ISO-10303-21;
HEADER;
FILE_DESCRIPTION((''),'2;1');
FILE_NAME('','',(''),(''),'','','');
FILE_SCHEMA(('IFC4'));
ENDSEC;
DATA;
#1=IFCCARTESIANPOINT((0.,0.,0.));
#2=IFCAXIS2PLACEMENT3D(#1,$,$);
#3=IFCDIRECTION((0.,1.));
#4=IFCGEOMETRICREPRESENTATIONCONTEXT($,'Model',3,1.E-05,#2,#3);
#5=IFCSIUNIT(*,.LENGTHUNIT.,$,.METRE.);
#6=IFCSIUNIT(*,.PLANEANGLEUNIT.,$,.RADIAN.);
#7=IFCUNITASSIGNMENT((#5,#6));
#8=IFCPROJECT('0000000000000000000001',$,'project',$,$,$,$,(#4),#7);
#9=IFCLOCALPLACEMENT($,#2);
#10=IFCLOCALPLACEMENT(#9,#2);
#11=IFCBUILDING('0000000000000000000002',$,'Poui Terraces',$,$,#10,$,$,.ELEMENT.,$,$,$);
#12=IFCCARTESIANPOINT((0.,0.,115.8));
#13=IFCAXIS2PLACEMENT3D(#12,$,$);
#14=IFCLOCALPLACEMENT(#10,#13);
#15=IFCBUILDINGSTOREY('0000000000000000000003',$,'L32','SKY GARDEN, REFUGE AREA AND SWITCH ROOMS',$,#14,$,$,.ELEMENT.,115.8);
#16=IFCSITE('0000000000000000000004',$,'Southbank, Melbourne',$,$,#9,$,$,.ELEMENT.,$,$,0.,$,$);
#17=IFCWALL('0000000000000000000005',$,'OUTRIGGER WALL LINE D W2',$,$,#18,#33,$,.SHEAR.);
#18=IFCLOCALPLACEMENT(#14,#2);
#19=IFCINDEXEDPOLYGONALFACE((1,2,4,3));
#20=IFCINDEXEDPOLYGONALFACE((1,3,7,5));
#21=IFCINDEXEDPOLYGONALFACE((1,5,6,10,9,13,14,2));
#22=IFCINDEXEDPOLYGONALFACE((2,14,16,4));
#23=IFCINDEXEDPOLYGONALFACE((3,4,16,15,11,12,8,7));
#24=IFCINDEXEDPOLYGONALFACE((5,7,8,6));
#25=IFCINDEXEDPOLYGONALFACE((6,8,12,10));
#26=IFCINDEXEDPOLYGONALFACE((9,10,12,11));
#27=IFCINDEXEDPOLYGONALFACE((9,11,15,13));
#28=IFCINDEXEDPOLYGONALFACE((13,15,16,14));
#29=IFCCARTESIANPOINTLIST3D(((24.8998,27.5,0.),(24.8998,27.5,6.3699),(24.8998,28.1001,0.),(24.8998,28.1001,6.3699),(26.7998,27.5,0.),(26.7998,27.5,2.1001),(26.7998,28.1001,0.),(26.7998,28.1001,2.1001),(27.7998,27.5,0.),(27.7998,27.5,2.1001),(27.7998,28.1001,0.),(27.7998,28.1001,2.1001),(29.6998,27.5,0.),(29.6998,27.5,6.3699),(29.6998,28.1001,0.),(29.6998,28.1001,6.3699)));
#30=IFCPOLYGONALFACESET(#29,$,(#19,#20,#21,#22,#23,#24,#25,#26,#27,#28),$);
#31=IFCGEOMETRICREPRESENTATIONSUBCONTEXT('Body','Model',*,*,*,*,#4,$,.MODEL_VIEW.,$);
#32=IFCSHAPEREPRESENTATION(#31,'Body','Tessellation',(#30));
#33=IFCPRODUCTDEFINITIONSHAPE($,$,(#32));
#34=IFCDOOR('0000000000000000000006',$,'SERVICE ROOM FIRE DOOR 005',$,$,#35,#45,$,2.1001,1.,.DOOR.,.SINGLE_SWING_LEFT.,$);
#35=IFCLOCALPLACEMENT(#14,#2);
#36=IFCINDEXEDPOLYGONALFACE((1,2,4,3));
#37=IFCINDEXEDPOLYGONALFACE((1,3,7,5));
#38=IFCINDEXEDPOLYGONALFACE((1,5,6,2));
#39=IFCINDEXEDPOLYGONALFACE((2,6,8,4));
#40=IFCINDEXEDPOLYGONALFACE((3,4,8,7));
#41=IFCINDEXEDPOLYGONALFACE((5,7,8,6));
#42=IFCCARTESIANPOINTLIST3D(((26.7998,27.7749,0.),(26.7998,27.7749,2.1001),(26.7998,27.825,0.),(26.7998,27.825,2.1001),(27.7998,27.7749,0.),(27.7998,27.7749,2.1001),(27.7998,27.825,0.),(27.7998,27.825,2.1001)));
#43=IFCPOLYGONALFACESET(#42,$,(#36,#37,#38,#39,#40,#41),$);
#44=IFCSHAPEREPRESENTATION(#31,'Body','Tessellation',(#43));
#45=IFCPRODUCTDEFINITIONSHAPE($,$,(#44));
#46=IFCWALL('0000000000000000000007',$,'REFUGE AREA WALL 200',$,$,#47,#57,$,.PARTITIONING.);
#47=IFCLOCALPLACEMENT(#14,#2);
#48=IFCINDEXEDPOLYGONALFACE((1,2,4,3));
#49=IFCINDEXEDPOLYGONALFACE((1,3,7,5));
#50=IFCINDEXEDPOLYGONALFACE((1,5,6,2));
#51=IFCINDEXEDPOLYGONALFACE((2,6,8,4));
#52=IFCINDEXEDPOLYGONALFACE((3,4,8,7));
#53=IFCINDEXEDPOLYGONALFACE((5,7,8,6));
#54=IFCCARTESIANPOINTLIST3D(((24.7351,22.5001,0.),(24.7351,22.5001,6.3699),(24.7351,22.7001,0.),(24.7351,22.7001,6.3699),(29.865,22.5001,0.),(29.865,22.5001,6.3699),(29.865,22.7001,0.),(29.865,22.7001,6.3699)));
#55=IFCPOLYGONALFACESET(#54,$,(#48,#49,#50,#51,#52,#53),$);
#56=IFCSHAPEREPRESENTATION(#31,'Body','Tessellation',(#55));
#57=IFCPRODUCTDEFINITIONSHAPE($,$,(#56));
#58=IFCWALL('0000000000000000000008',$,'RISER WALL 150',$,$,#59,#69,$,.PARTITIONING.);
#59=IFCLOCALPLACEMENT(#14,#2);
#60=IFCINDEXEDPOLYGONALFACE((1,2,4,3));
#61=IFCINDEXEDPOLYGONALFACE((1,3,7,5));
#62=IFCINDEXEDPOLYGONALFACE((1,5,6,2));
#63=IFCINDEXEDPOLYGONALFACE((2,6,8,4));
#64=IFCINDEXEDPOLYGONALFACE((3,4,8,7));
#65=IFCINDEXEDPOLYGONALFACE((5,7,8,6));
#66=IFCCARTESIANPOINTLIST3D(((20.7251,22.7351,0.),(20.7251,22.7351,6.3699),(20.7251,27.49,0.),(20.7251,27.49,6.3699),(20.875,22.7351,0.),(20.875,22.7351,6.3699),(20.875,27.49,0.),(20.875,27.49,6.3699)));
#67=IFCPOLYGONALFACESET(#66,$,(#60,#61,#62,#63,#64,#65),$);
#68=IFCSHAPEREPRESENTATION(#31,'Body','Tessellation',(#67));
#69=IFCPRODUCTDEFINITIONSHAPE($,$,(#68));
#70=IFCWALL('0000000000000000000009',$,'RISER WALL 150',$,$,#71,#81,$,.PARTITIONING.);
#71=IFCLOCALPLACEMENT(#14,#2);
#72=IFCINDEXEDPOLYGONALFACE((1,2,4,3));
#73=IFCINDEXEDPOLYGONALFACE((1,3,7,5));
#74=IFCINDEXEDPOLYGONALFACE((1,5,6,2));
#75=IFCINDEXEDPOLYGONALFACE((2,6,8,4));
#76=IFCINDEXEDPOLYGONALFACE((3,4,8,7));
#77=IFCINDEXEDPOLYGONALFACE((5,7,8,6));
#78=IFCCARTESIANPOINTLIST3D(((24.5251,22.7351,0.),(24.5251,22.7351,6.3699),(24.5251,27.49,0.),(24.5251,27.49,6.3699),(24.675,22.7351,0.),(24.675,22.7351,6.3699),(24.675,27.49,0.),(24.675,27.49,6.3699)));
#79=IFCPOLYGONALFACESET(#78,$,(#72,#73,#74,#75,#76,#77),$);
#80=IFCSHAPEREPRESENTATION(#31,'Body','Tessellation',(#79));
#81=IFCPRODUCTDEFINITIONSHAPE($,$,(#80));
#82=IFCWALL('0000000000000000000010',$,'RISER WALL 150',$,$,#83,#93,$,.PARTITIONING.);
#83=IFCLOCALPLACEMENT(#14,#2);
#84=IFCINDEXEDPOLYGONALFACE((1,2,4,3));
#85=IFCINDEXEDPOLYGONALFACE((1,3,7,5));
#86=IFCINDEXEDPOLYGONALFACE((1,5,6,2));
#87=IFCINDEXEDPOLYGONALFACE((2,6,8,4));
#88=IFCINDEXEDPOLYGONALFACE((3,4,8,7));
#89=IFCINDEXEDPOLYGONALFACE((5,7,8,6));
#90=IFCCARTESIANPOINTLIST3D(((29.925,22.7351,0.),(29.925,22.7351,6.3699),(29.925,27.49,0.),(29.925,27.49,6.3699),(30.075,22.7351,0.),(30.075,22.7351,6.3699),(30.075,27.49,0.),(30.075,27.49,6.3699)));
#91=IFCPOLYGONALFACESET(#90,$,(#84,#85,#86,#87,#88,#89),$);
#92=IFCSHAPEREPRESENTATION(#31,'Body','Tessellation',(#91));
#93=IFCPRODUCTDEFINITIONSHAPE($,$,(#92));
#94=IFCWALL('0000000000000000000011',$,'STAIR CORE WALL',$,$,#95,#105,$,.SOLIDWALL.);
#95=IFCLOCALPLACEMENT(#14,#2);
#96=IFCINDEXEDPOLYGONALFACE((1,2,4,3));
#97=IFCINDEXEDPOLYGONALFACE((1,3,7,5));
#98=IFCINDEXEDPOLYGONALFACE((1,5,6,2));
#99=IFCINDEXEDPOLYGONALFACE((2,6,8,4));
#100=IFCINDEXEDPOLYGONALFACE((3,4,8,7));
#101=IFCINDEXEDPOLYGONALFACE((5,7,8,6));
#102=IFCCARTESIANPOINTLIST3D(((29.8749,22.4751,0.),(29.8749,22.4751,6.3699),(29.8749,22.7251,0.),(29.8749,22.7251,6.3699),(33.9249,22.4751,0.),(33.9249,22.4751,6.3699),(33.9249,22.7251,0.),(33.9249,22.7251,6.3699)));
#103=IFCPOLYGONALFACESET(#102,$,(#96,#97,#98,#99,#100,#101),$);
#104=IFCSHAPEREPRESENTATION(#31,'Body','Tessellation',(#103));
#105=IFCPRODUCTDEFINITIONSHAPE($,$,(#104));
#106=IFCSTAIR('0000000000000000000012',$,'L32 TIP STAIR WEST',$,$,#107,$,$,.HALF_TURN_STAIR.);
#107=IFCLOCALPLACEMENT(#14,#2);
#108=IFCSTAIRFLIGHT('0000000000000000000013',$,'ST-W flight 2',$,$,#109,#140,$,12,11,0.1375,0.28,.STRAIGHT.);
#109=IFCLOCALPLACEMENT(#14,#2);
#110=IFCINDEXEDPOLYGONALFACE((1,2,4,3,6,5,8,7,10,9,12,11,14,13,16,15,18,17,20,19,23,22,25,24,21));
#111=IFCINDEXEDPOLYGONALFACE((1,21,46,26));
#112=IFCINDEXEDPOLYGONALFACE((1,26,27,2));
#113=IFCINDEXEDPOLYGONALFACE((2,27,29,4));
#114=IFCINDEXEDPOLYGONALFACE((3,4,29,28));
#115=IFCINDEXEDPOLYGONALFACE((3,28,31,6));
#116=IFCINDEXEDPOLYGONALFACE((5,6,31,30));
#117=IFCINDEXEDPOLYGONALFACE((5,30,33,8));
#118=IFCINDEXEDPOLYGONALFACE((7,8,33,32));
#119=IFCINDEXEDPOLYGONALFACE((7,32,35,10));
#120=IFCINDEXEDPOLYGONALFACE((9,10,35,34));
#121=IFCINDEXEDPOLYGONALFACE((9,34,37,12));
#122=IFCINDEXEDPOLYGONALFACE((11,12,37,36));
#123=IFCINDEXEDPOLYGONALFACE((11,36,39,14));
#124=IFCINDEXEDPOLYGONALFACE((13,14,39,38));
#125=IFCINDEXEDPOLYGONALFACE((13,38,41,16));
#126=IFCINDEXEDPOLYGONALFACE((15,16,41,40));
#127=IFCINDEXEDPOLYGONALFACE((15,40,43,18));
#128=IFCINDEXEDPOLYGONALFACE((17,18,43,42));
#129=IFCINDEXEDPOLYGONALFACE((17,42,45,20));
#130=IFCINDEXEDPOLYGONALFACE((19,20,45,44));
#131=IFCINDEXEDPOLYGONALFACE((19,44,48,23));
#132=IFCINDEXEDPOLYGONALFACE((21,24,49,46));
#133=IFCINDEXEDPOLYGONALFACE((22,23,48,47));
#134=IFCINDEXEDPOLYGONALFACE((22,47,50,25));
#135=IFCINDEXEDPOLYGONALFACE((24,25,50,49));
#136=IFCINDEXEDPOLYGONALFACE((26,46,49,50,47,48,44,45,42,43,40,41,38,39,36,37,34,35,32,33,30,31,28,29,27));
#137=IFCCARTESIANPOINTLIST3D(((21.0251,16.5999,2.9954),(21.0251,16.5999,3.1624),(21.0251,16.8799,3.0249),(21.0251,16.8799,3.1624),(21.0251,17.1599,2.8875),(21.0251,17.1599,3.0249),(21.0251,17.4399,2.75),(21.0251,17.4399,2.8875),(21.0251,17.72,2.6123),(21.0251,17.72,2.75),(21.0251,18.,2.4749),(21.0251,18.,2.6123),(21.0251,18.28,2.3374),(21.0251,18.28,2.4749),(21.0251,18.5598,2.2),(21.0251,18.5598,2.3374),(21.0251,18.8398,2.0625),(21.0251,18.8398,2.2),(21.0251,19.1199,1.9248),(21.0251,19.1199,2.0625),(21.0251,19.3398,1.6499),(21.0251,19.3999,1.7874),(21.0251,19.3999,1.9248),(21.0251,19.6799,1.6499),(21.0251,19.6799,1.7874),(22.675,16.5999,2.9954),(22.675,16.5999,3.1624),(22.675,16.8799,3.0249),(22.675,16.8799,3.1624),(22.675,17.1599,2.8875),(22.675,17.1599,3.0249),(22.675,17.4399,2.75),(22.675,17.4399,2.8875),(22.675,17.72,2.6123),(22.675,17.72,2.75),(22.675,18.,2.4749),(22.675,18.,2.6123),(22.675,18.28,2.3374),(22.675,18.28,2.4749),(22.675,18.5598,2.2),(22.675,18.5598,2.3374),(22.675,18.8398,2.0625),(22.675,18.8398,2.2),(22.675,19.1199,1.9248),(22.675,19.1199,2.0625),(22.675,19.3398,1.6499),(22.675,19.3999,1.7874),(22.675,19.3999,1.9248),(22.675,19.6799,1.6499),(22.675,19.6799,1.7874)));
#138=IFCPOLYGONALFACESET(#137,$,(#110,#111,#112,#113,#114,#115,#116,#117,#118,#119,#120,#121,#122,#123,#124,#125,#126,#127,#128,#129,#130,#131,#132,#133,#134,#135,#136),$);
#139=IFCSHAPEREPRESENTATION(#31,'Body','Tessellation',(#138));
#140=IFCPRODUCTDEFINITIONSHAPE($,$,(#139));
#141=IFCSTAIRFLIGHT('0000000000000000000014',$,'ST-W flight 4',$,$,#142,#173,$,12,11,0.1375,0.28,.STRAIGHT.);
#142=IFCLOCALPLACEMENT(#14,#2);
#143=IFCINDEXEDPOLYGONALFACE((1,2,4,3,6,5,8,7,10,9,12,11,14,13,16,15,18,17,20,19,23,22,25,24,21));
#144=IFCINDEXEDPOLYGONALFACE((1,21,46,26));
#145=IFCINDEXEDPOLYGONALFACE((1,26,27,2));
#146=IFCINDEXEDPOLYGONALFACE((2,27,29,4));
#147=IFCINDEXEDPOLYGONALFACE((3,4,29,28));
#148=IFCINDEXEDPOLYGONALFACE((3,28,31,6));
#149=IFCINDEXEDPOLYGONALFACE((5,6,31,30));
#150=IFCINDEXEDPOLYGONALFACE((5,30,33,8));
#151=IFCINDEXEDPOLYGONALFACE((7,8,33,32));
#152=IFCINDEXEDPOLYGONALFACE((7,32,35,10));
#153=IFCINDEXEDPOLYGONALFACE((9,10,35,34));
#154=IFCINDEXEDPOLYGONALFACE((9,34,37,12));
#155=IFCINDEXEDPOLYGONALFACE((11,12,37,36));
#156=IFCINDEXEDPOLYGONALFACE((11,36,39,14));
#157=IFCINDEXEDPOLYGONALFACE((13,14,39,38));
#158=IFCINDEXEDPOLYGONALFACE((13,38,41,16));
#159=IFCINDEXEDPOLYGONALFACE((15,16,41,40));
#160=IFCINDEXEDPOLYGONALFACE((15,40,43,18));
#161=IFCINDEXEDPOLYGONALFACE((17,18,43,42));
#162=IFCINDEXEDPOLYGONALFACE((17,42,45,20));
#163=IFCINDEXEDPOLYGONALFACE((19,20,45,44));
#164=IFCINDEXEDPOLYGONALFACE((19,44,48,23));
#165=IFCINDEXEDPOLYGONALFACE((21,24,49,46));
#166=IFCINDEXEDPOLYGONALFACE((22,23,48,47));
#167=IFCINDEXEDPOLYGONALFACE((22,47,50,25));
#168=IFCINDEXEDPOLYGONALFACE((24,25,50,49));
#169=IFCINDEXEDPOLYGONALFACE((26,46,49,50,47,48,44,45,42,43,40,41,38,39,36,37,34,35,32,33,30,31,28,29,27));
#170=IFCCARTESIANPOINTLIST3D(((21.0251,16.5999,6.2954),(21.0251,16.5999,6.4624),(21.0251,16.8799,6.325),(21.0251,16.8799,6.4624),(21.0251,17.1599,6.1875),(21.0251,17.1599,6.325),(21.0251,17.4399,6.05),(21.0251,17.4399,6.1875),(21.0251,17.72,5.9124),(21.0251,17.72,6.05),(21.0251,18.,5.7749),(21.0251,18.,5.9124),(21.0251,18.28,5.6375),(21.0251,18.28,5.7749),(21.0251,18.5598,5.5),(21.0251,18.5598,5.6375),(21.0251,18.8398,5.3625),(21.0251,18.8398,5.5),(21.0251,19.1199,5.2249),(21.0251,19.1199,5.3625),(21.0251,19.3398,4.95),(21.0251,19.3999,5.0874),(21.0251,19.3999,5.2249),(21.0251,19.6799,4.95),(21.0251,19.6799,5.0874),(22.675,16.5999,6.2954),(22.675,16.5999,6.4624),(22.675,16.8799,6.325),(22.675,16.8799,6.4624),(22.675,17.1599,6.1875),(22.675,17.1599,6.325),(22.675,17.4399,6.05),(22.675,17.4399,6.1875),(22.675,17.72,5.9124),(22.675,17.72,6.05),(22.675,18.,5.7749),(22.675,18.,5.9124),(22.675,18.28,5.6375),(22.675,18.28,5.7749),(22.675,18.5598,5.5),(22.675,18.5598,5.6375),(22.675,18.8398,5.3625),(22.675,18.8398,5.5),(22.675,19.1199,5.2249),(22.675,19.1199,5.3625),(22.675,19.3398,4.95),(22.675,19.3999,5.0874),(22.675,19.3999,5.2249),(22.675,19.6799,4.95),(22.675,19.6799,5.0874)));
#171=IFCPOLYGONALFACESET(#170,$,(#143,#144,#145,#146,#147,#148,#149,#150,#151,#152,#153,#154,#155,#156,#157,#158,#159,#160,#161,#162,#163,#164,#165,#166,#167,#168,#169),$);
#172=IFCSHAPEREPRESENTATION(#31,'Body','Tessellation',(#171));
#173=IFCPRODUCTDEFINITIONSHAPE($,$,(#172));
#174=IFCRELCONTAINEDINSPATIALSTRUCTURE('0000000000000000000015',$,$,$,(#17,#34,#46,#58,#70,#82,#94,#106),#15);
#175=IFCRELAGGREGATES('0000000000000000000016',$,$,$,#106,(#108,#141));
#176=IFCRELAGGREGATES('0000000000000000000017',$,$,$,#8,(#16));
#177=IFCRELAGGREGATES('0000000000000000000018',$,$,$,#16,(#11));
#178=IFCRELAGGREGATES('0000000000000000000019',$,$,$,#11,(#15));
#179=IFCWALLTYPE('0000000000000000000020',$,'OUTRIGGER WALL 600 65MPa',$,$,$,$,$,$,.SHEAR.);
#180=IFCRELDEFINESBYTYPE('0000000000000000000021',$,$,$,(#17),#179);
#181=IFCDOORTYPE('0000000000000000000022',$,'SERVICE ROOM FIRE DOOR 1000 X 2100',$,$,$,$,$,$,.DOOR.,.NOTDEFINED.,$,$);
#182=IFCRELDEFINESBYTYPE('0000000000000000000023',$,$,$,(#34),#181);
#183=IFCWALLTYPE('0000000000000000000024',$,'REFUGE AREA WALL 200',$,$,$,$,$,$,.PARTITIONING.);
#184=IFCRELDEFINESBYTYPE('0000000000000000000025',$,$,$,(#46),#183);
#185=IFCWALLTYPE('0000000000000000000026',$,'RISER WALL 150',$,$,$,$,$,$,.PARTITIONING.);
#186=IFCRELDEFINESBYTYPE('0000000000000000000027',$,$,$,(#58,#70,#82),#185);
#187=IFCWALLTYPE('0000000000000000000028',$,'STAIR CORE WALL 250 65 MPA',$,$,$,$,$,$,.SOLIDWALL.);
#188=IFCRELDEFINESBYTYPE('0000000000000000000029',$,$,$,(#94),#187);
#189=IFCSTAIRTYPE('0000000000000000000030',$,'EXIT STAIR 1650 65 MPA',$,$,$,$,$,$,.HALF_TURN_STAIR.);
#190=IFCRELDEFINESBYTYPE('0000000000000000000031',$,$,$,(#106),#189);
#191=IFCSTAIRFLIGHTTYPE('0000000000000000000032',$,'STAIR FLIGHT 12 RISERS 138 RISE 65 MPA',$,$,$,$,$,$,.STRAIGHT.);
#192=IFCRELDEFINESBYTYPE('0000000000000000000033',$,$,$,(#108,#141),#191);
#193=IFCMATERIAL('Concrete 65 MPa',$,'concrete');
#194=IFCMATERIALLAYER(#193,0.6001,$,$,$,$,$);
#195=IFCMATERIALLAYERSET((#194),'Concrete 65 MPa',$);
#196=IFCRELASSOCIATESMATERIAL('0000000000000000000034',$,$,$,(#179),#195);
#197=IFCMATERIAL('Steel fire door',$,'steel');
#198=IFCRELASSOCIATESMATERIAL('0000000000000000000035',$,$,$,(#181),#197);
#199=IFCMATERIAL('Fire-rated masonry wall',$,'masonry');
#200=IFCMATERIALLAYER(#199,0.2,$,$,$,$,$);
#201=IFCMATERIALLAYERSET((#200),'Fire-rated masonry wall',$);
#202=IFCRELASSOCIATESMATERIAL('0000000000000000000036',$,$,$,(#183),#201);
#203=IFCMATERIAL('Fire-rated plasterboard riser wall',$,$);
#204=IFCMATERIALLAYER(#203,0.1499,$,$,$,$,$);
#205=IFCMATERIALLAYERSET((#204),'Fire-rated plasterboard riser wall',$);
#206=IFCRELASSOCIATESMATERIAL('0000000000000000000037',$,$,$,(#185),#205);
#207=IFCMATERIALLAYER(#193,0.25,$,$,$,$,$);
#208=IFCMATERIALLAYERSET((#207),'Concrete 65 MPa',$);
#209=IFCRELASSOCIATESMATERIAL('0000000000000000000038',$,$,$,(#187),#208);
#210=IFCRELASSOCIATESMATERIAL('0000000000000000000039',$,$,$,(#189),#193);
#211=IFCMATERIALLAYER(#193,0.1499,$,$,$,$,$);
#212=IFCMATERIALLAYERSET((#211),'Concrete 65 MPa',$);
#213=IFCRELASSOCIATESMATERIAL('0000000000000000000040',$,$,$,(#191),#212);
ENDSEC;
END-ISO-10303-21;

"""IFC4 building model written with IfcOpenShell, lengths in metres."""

from ifc_helpers import new_model, si_unit, direction, frame, frame_2d, origin, place, context, subcontext, project, spatial, polyline, rectangle, outline, extrude, material, layer, layer_set, type_object, element, fill, aggregate, save


model = new_model("IFC4")

# Units and contexts
model_context = context("Model", 3, precision=1e-05, world=origin(), true_north=direction((0.0, 1.0)))
body_context = subcontext(model_context, "Body", "Model", "MODEL_VIEW")
ifc_project = project(units=[si_unit("LENGTHUNIT", "METRE"), si_unit("PLANEANGLEUNIT", "RADIAN")], contexts=[model_context])

# Site, building, storey
site_placement = place(None, origin())
site = spatial("IfcSite", under=ifc_project, at=site_placement, Name="Southbank, Melbourne", CompositionType="ELEMENT", RefElevation=0.0)
building_placement = place(site_placement, origin())
building = spatial("IfcBuilding", under=site, at=building_placement, Name="Poui Terraces", CompositionType="ELEMENT")
storey_placement = place(building_placement, frame((0.0, 0.0, 115.8)))
storey = spatial("IfcBuildingStorey", under=building, at=storey_placement, Name="L32", Description="SKY GARDEN, REFUGE AREA AND SWITCH ROOMS", CompositionType="ELEMENT", Elevation=115.8)

# Wall, opening, door
ifc_material_1 = material(Name="Concrete 65 MPa", Category="concrete")
ifc_layer_1 = layer(ifc_material_1, 0.6001)
ifc_layer_set_1 = layer_set([ifc_layer_1], Name="Concrete 65 MPa")
wall_type_1 = type_object("IfcWallType", Name="OUTRIGGER WALL 600 65MPa", PredefinedType="SHEAR", material=ifc_layer_set_1)
wall_1_placement = place(storey_placement, frame((24.8999, 27.8, 0.0), z_axis=(0.0, 0.0, 1.0), x_axis=(1.0, 0.0, 0.0)))
wall_1 = element("IfcWall", 1, at=wall_1_placement, inside=storey, type_object=wall_type_1, Name="OUTRIGGER WALL LINE D W2", PredefinedType="SHEAR", context=body_context, shape_type="SweptSolid", body=[
    extrude(rectangle(XDim=4.8, YDim=0.6001, at=frame_2d((2.3999, 0.0))), origin(), (0.0, 0.0, 1.0), 6.3699),
])
opening_1_placement = place(wall_1_placement, frame((1.8999, 0.0, 0.0)))
opening_1 = element("IfcOpeningElement", 2, at=opening_1_placement, cuts=wall_1, PredefinedType="OPENING", context=body_context, shape_type="SweptSolid", body=[
    extrude(rectangle(XDim=1.0, YDim=2.1001, at=frame_2d((0.5, 1.05))), frame((0.0, 0.3101, 0.0), z_axis=(0.0, -1.0, 0.0), x_axis=(1.0, 0.0, 0.0)), (0.0, 0.0, 1.0), 0.6201),
])
ifc_material_2 = material(Name="Steel fire door", Category="steel")
door_type_1 = type_object("IfcDoorType", Name="SERVICE ROOM FIRE DOOR 1000 X 2100", OperationType="NOTDEFINED", PredefinedType="DOOR", material=ifc_material_2)
door_1_placement = place(opening_1_placement, origin())
door_1 = element("IfcDoor", 3, at=door_1_placement, inside=storey, type_object=door_type_1, Name="SERVICE ROOM FIRE DOOR 005", OperationType="SINGLE_SWING_LEFT", OverallHeight=2.1001, OverallWidth=1.0, PredefinedType="DOOR", context=body_context, shape_type="SweptSolid", body=[
    extrude(rectangle(XDim=1.0, YDim=2.1001, at=frame_2d((0.5, 1.05))), frame((0.0, 0.0249, 0.0), z_axis=(0.0, -1.0, 0.0), x_axis=(1.0, 0.0, 0.0)), (0.0, 0.0, 1.0), 0.05),
])
fill(opening_1, door_1)

# Walls
ifc_material_3 = material(Name="Fire-rated masonry wall", Category="masonry")
ifc_layer_2 = layer(ifc_material_3, 0.2)
ifc_layer_set_2 = layer_set([ifc_layer_2], Name="Fire-rated masonry wall")
wall_type_2 = type_object("IfcWallType", Name="REFUGE AREA WALL 200", PredefinedType="PARTITIONING", material=ifc_layer_set_2)
wall_2_placement = place(storey_placement, frame((24.7351, 22.6001, 0.0), z_axis=(0.0, 0.0, 1.0), x_axis=(1.0, 0.0, 0.0)))
element("IfcWall", 4, at=wall_2_placement, inside=storey, type_object=wall_type_2, Name="REFUGE AREA WALL 200", PredefinedType="PARTITIONING", context=body_context, shape_type="SweptSolid", body=[
    extrude(rectangle(XDim=5.1299, YDim=0.2, at=frame_2d((2.5649, 0.0))), origin(), (0.0, 0.0, 1.0), 6.3699),
])
ifc_material_4 = material(Name="Fire-rated plasterboard riser wall")
ifc_layer_3 = layer(ifc_material_4, 0.1499)
ifc_layer_set_3 = layer_set([ifc_layer_3], Name="Fire-rated plasterboard riser wall")
wall_type_3 = type_object("IfcWallType", Name="RISER WALL 150", PredefinedType="PARTITIONING", material=ifc_layer_set_3)
for number, where, z_axis, x_axis, name in (
    (5, (20.8, 22.7351, 0.0), (0.0, 0.0, 1.0), (0.0, 1.0, 0.0), "RISER WALL 150"),
    (6, (24.6001, 22.7351, 0.0), (0.0, 0.0, 1.0), (0.0, 1.0, 0.0), "RISER WALL 150"),
    (7, (30.0, 22.7351, 0.0), (0.0, 0.0, 1.0), (0.0, 1.0, 0.0), "RISER WALL 150"),
):
    element("IfcWall", number, at=place(storey_placement, frame(where, z_axis=z_axis, x_axis=x_axis)), inside=storey, type_object=wall_type_3, Name=name, PredefinedType="PARTITIONING", context=body_context, shape_type="SweptSolid", body=[
        extrude(rectangle(XDim=4.7549, YDim=0.1499, at=frame_2d((2.3774, 0.0))), origin(), (0.0, 0.0, 1.0), 6.3699),
    ])

# Wall
ifc_layer_4 = layer(ifc_material_1, 0.25)
ifc_layer_set_4 = layer_set([ifc_layer_4], Name="Concrete 65 MPa")
wall_type_4 = type_object("IfcWallType", Name="STAIR CORE WALL 250 65 MPA", PredefinedType="SOLIDWALL", material=ifc_layer_set_4)
wall_3_placement = place(storey_placement, frame((29.875, 22.6001, 0.0), z_axis=(0.0, 0.0, 1.0), x_axis=(1.0, 0.0, 0.0)))
element("IfcWall", 8, at=wall_3_placement, inside=storey, type_object=wall_type_4, Name="STAIR CORE WALL", PredefinedType="SOLIDWALL", context=body_context, shape_type="SweptSolid", body=[
    extrude(rectangle(XDim=4.05, YDim=0.25, at=frame_2d((2.0249, 0.0))), origin(), (0.0, 0.0, 1.0), 6.3699),
])

# Stair, stair flights
stair_type = type_object("IfcStairType", Name="EXIT STAIR 1650 65 MPA", PredefinedType="HALF_TURN_STAIR", material=ifc_material_1)
stair_placement = place(storey_placement, origin())
stair = element("IfcStair", 9, at=stair_placement, inside=storey, type_object=stair_type, Name="L32 TIP STAIR WEST", PredefinedType="HALF_TURN_STAIR")
ifc_layer_5 = layer(ifc_material_1, 0.1499)
ifc_layer_set_5 = layer_set([ifc_layer_5], Name="Concrete 65 MPa")
stair_flight_type = type_object("IfcStairFlightType", Name="STAIR FLIGHT 12 RISERS 138 RISE 65 MPA", PredefinedType="STRAIGHT", material=ifc_layer_set_5)
stair_flight_1_placement = place(storey_placement, frame((21.8501, 19.6799, 1.6499), z_axis=(0.0, 0.0, 1.0), x_axis=(0.0, -1.0, 0.0)))
stair_flight_1 = element("IfcStairFlight", 10, at=stair_flight_1_placement, type_object=stair_flight_type, Name="ST-W flight 2", NumberOfRisers=12, NumberOfTreads=11, PredefinedType="STRAIGHT", RiserHeight=0.1375, TreadLength=0.28, context=body_context, shape_type="SweptSolid", body=[
    extrude(outline(polyline([(0.0, 0.0), (0.0, 0.1375), (0.28, 0.1375), (0.28, 0.2749), (0.5601, 0.2749), (0.5601, 0.4126), (0.8401, 0.4126), (0.8401, 0.55), (1.1201, 0.55), (1.1201, 0.6875), (1.3999, 0.6875), (1.3999, 0.825), (1.6799, 0.825), (1.6799, 0.9624), (1.96, 0.9624), (1.96, 1.1001), (2.24, 1.1001), (2.24, 1.2375), (2.52, 1.2375), (2.52, 1.375), (2.8, 1.375), (2.8, 1.5125), (3.0801, 1.5125), (3.0801, 1.6499), (3.0801, 1.3455), (0.3401, 0.0), (0.0, 0.0)])), frame((0.0, 0.825, 0.0), z_axis=(0.0, -1.0, 0.0), x_axis=(1.0, 0.0, 0.0)), (0.0, 0.0, 1.0), 1.6499),
])
stair_flight_2_placement = place(storey_placement, frame((21.8501, 19.6799, 4.95), z_axis=(0.0, 0.0, 1.0), x_axis=(0.0, -1.0, 0.0)))
stair_flight_2 = element("IfcStairFlight", 11, at=stair_flight_2_placement, type_object=stair_flight_type, Name="ST-W flight 4", NumberOfRisers=12, NumberOfTreads=11, PredefinedType="STRAIGHT", RiserHeight=0.1375, TreadLength=0.28, context=body_context, shape_type="SweptSolid", body=[
    extrude(outline(polyline([(0.0, 0.0), (0.0, 0.1375), (0.28, 0.1375), (0.28, 0.2749), (0.5601, 0.2749), (0.5601, 0.4126), (0.8401, 0.4126), (0.8401, 0.55), (1.1201, 0.55), (1.1201, 0.6875), (1.3999, 0.6875), (1.3999, 0.825), (1.6799, 0.825), (1.6799, 0.9624), (1.96, 0.9624), (1.96, 1.1001), (2.24, 1.1001), (2.24, 1.2375), (2.52, 1.2375), (2.52, 1.375), (2.8, 1.375), (2.8, 1.5125), (3.0801, 1.5125), (3.0801, 1.6499), (3.0801, 1.3455), (0.3401, 0.0), (0.0, 0.0)])), frame((0.0, 0.825, 0.0), z_axis=(0.0, -1.0, 0.0), x_axis=(1.0, 0.0, 0.0)), (0.0, 0.0, 1.0), 1.6499),
])
aggregate(stair, [stair_flight_1, stair_flight_2])

save(model, "model.ifc")
